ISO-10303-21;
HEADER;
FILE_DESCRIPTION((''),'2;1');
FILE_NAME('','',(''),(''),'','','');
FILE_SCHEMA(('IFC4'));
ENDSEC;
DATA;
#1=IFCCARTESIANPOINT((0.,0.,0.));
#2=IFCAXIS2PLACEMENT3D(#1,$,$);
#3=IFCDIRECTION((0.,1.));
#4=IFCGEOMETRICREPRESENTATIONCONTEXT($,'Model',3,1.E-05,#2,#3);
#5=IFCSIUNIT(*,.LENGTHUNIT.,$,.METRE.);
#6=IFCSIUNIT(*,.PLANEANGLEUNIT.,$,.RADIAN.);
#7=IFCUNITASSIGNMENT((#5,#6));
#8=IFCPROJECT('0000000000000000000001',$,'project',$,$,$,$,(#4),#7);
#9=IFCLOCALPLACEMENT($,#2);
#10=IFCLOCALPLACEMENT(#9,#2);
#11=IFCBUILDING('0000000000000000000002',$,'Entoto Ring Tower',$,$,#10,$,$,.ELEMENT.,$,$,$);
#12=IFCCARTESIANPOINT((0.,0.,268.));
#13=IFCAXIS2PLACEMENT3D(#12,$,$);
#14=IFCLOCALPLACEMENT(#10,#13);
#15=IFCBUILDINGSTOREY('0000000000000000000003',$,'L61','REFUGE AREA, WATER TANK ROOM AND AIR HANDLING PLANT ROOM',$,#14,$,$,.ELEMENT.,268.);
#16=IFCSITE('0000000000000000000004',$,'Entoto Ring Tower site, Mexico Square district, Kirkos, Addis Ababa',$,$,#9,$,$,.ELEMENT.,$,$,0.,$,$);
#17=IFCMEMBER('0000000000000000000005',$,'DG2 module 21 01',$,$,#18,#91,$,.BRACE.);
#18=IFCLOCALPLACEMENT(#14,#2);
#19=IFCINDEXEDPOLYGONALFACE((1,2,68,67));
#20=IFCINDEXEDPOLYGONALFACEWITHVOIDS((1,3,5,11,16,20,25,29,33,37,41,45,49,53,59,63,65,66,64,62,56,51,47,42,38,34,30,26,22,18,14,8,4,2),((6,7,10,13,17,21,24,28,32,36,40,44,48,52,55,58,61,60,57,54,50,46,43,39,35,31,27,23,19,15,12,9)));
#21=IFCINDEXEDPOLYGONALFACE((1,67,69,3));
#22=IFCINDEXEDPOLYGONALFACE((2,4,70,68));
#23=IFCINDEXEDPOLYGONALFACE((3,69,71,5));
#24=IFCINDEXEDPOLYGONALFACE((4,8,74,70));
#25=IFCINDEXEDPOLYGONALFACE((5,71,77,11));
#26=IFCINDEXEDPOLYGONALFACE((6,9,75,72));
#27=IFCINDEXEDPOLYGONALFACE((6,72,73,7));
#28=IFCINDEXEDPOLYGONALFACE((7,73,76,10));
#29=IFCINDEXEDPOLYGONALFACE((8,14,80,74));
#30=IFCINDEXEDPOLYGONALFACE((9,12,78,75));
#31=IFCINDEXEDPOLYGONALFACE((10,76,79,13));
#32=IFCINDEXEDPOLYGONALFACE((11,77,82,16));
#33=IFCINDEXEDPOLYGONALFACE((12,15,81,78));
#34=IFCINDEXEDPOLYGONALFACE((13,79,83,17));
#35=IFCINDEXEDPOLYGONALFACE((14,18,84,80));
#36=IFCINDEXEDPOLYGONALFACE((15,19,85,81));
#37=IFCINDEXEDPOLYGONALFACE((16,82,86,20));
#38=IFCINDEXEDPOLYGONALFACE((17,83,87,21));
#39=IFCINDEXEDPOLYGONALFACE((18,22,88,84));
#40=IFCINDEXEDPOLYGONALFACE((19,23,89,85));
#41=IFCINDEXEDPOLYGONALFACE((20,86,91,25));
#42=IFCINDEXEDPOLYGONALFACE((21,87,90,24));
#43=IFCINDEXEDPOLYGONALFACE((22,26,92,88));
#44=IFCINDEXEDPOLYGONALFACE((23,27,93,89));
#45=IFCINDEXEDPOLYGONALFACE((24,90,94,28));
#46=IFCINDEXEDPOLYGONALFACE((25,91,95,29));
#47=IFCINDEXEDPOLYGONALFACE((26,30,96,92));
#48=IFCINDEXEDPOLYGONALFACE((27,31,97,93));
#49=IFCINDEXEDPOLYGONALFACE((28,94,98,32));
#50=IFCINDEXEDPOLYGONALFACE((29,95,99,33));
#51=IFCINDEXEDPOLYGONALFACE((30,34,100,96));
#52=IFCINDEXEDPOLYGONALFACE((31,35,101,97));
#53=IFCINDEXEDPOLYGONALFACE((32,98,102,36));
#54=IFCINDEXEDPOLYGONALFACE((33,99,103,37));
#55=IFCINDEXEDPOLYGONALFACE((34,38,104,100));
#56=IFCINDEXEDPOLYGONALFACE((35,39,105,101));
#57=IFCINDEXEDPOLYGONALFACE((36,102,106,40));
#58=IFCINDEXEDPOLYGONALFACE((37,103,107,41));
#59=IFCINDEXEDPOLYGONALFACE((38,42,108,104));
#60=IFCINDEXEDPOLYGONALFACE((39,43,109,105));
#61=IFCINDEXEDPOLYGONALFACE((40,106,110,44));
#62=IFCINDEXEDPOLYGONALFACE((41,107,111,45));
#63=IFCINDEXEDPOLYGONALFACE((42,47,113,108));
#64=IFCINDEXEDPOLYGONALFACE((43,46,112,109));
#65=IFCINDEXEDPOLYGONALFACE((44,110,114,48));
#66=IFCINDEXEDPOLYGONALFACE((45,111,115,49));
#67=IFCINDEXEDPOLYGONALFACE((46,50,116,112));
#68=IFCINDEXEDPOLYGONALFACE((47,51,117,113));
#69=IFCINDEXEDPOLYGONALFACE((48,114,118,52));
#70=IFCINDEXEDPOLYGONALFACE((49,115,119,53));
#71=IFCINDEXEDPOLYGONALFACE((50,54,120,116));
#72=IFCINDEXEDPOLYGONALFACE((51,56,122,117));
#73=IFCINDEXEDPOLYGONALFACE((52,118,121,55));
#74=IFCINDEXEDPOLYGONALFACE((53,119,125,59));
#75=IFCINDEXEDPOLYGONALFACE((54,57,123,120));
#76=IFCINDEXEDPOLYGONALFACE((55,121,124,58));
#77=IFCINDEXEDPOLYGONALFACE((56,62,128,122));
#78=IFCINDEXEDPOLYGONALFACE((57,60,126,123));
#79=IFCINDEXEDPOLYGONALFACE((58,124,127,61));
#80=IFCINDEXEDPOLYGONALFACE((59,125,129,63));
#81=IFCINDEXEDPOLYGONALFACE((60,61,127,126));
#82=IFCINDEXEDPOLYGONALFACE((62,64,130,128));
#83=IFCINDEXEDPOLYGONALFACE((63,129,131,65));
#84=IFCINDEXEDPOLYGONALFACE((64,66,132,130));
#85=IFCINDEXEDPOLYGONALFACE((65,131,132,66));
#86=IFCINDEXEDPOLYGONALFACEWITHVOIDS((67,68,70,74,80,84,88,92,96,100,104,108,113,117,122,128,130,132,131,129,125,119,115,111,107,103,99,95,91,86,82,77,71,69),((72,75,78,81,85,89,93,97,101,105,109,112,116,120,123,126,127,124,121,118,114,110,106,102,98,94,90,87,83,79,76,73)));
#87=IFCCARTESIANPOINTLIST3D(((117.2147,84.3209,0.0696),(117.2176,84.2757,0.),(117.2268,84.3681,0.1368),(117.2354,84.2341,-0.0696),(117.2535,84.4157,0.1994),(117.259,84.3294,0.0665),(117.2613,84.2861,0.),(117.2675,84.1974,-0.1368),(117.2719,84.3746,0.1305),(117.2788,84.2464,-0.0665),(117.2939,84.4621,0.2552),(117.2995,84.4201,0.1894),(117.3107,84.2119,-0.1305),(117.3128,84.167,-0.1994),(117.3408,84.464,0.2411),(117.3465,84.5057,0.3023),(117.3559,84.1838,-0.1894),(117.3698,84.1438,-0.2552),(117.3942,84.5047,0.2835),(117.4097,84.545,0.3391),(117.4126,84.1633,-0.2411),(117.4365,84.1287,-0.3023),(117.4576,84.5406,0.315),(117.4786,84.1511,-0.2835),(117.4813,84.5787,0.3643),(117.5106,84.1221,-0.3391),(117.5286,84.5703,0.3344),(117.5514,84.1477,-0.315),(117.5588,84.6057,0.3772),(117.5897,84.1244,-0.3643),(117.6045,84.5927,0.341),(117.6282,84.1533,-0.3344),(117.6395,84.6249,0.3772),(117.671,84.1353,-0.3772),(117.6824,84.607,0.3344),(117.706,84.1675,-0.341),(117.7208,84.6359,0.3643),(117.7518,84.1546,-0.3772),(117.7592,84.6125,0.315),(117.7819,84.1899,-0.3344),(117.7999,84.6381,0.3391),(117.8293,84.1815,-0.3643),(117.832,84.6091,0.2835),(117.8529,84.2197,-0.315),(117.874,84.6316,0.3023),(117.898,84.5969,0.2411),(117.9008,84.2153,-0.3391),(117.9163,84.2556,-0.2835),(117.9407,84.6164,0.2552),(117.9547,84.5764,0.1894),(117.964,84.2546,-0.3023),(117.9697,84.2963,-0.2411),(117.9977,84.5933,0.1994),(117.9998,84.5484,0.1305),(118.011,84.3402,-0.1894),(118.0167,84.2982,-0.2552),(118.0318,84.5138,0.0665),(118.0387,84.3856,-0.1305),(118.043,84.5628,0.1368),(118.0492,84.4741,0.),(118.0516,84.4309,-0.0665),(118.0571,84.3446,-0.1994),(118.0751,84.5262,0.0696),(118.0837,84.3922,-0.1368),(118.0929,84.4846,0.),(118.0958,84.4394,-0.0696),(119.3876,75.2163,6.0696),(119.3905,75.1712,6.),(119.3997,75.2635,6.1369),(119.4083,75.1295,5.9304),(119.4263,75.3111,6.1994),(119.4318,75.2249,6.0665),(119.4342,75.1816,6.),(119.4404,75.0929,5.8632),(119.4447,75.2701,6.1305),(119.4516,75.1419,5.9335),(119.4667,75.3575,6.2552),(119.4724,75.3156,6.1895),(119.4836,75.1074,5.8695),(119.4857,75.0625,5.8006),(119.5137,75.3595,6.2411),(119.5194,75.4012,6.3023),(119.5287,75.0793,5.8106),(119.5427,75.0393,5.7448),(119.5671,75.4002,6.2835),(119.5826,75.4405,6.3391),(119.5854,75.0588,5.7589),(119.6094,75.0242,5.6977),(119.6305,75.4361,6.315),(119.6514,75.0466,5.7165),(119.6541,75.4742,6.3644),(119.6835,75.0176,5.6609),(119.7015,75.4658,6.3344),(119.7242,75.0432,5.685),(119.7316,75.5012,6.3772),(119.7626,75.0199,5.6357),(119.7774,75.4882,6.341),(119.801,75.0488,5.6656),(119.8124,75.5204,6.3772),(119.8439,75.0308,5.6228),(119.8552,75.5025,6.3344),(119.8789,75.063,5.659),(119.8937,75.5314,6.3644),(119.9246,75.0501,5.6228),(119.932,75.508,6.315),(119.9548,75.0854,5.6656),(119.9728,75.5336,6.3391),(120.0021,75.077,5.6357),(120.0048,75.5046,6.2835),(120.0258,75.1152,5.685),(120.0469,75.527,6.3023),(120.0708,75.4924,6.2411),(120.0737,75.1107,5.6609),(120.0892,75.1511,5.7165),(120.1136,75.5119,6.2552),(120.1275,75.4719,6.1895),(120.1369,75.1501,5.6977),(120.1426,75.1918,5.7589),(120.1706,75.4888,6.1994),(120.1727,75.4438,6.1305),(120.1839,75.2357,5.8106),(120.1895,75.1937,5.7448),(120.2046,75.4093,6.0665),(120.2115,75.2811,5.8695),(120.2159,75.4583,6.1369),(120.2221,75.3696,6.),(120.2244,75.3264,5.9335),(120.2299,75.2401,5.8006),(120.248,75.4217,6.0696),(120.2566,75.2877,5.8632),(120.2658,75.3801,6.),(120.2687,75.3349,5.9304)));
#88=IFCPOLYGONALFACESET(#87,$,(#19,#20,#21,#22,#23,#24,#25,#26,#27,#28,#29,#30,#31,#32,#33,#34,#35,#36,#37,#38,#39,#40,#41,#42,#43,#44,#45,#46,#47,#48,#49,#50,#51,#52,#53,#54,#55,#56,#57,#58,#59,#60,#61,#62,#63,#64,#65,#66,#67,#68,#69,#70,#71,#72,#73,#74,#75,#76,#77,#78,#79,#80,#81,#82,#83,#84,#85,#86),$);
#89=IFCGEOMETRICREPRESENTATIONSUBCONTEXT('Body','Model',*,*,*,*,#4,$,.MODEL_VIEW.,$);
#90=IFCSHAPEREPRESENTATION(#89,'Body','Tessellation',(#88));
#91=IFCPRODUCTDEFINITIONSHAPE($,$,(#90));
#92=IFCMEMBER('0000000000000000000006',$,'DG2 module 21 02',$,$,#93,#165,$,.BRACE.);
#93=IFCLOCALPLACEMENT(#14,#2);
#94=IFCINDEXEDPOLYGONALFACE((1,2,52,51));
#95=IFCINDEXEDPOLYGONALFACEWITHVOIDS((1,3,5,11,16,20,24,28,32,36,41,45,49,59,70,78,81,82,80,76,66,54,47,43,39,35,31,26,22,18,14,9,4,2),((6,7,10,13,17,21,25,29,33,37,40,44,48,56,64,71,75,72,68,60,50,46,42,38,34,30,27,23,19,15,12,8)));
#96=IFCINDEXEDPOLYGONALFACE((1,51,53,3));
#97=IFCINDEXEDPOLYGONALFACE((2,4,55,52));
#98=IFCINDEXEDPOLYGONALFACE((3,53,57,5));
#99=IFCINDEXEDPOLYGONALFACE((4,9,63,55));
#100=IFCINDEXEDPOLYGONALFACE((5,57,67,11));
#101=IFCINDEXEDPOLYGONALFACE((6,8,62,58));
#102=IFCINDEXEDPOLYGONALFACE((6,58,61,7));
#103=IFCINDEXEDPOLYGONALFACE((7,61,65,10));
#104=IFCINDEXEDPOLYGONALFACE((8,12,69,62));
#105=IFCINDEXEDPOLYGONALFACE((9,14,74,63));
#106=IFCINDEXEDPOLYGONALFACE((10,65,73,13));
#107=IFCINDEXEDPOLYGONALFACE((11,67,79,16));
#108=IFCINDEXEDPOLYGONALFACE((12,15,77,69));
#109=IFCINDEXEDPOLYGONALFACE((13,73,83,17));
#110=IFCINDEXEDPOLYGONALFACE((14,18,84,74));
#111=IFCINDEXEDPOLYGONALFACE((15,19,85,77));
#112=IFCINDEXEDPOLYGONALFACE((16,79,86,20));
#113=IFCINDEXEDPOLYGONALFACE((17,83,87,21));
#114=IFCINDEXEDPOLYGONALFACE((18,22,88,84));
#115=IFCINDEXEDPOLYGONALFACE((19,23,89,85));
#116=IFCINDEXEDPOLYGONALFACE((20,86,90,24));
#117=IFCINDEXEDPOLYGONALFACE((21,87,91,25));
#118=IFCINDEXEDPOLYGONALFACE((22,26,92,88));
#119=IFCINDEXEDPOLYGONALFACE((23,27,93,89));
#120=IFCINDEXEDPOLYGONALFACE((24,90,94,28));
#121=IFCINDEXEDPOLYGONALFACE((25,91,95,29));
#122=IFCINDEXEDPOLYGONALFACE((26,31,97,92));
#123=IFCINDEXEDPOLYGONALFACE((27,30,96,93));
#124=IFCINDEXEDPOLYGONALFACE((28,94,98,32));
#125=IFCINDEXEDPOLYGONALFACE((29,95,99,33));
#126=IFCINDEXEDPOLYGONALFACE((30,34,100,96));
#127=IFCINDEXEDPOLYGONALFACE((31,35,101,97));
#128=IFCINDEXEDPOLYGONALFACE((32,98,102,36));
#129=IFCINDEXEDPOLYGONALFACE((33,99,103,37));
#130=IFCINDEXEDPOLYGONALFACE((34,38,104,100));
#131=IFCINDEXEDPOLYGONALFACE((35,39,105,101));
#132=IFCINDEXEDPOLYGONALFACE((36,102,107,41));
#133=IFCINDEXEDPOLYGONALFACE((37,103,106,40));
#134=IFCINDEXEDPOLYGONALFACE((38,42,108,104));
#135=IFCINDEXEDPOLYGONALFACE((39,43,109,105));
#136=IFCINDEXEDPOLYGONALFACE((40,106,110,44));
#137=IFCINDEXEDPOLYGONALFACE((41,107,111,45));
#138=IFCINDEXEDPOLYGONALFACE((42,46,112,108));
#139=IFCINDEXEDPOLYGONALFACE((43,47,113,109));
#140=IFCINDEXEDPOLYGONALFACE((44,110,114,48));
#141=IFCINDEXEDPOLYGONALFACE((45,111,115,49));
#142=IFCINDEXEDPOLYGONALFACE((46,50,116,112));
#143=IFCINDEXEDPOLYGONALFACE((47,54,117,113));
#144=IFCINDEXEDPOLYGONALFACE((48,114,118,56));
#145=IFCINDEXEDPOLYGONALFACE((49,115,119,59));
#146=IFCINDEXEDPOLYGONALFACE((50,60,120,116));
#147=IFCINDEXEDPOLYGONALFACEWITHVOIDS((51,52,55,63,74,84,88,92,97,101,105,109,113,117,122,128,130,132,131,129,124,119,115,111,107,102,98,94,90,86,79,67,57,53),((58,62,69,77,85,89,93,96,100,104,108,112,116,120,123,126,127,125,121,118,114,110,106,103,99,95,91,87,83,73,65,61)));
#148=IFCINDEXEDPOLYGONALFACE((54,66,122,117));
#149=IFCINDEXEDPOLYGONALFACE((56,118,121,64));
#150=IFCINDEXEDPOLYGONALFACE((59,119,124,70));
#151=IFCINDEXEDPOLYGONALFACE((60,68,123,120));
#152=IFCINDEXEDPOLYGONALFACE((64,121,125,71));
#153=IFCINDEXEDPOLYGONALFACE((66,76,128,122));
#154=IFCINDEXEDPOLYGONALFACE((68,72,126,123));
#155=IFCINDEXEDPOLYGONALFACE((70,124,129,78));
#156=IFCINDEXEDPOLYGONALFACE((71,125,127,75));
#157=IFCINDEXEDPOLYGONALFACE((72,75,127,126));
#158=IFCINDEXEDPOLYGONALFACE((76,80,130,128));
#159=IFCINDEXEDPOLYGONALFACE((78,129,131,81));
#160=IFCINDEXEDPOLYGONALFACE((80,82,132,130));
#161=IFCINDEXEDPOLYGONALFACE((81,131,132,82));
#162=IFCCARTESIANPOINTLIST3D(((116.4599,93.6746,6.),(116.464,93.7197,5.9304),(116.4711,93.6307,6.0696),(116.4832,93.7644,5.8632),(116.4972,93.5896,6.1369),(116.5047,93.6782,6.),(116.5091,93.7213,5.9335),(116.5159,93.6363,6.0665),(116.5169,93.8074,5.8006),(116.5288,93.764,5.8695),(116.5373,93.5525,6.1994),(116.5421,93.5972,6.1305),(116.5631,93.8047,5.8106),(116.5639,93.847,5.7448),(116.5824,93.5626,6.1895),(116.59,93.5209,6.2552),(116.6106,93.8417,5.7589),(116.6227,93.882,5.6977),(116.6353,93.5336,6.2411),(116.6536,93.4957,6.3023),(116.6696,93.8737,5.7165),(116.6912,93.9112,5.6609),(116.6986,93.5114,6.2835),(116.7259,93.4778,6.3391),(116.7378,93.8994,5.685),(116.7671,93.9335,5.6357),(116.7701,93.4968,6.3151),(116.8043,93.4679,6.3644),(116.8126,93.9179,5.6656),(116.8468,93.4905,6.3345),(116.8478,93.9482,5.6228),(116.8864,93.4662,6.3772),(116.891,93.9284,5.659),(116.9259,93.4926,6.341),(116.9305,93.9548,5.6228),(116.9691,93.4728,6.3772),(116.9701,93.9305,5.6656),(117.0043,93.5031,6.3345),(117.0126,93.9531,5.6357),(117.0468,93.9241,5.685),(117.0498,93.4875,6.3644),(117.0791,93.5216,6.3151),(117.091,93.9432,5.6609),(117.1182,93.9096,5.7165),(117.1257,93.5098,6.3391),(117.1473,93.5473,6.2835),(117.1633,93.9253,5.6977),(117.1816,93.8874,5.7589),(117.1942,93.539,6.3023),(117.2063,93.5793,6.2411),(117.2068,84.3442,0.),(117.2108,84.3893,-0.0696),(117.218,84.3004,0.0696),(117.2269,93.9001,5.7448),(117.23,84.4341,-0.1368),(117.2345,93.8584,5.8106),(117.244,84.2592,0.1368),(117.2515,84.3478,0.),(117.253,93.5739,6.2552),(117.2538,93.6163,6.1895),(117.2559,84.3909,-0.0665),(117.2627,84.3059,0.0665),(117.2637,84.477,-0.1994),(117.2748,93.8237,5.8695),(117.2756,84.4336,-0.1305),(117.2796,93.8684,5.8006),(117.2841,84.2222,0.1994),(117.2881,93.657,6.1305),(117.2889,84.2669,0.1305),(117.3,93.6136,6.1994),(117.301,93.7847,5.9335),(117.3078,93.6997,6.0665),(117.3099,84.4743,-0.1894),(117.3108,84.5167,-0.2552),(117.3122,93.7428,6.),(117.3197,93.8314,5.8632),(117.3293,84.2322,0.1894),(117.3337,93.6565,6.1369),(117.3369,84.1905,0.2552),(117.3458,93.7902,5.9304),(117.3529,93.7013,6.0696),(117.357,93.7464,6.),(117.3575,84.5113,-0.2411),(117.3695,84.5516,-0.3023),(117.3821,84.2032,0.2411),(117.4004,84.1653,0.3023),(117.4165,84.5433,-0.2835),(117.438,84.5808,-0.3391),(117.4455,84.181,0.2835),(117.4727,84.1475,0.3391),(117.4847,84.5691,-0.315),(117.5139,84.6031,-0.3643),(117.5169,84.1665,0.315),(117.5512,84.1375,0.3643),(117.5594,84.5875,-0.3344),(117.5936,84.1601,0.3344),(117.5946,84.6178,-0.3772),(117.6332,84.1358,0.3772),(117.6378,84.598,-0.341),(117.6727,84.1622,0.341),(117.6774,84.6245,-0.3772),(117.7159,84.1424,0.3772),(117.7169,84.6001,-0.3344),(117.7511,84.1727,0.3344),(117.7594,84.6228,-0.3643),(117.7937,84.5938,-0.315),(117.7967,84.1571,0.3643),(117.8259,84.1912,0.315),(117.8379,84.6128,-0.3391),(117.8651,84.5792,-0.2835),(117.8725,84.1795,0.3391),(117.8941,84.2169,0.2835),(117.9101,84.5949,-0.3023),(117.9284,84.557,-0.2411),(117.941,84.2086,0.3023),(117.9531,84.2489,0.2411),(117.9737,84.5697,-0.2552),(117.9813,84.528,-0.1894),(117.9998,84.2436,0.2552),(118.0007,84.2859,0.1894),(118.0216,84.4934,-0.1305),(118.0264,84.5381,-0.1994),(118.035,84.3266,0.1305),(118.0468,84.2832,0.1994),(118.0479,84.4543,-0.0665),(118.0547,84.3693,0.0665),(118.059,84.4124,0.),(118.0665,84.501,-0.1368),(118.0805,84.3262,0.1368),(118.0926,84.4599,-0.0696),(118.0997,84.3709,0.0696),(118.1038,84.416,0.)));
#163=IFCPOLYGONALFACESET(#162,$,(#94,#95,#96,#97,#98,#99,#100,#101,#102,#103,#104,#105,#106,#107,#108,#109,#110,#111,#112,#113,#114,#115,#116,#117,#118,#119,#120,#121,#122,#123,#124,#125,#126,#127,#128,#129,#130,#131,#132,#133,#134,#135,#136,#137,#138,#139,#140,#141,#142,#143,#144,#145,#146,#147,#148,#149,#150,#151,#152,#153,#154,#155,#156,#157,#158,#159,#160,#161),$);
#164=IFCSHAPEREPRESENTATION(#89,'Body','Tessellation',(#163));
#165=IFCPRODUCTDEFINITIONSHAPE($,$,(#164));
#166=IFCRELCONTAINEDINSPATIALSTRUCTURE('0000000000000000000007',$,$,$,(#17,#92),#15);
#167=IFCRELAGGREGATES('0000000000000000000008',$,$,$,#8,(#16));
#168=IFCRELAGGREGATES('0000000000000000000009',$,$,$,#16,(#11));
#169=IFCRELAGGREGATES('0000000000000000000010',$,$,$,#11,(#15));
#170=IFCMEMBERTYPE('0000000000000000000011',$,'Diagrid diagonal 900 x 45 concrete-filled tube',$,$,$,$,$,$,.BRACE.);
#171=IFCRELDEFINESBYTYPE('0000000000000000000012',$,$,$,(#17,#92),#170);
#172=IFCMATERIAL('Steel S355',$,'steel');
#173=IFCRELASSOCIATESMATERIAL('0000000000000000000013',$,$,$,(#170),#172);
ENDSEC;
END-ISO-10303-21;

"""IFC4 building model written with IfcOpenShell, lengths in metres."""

from ifc_helpers import new_model, si_unit, direction, frame, origin, origin_2d, place, context, subcontext, project, spatial, circle, hollow_circle, extrude, material, material_profile, profile_set, type_object, element, save


model = new_model("IFC4")

# Units and contexts
model_context = context("Model", 3, precision=1e-05, world=origin(), true_north=direction((0.0, 1.0)))
body_context = subcontext(model_context, "Body", "Model", "MODEL_VIEW")
ifc_project = project(units=[si_unit("LENGTHUNIT", "METRE"), si_unit("PLANEANGLEUNIT", "RADIAN")], contexts=[model_context])

# Site, building, storey
site_placement = place(None, origin())
site = spatial("IfcSite", under=ifc_project, at=site_placement, Name="Entoto Ring Tower site, Mexico Square district, Kirkos, Addis Ababa", CompositionType="ELEMENT", RefElevation=0.0)
building_placement = place(site_placement, origin())
building = spatial("IfcBuilding", under=site, at=building_placement, Name="Entoto Ring Tower", CompositionType="ELEMENT")
storey_placement = place(building_placement, frame((0.0, 0.0, 268.0)))
storey = spatial("IfcBuildingStorey", under=building, at=storey_placement, Name="L61", Description="REFUGE AREA, WATER TANK ROOM AND AIR HANDLING PLANT ROOM", CompositionType="ELEMENT", Elevation=268.0)

# Members
ifc_material_1 = material(Name="Steel S355", Category="steel")
ifc_material_profile_1 = material_profile(ifc_material_1, hollow_circle(Radius=0.45, WallThickness=0.0449, at=origin_2d()), Name="CHS 900 x 45")
ifc_material_2 = material(Name="Concrete C60/75", Category="concrete")
ifc_material_profile_2 = material_profile(ifc_material_2, circle(Radius=0.405, at=origin_2d()), Name="Concrete C60/75 infill")
ifc_profile_set_1 = profile_set([ifc_material_profile_1, ifc_material_profile_2], Name="Steel S355")
member_type_1 = type_object("IfcMemberType", Name="Diagrid diagonal 900 x 45 concrete-filled tube", PredefinedType="BRACE", material=ifc_profile_set_1)
for number, where, z_axis, x_axis, name in (
    (1, (117.6553, 84.3801, 0.0), (0.195433, -0.818886, 0.539659), (0.972683, 0.232138, 0.0), "DG2 module 21 01"),
    (2, (117.6553, 84.3801, 0.0), (-0.067172, 0.839199, 0.539659), (-0.996812, -0.079788, 0.0), "DG2 module 21 02"),
):
    element("IfcMember", number, at=place(storey_placement, frame(where, z_axis=z_axis, x_axis=x_axis)), inside=storey, type_object=member_type_1, Name=name, PredefinedType="BRACE", context=body_context, shape_type="SweptSolid", body=[
        extrude(hollow_circle(Radius=0.45, WallThickness=0.0449, at=origin_2d()), origin(), (0.0, 0.0, 1.0), 11.1182),
    ])

save(model, "model.ifc")
